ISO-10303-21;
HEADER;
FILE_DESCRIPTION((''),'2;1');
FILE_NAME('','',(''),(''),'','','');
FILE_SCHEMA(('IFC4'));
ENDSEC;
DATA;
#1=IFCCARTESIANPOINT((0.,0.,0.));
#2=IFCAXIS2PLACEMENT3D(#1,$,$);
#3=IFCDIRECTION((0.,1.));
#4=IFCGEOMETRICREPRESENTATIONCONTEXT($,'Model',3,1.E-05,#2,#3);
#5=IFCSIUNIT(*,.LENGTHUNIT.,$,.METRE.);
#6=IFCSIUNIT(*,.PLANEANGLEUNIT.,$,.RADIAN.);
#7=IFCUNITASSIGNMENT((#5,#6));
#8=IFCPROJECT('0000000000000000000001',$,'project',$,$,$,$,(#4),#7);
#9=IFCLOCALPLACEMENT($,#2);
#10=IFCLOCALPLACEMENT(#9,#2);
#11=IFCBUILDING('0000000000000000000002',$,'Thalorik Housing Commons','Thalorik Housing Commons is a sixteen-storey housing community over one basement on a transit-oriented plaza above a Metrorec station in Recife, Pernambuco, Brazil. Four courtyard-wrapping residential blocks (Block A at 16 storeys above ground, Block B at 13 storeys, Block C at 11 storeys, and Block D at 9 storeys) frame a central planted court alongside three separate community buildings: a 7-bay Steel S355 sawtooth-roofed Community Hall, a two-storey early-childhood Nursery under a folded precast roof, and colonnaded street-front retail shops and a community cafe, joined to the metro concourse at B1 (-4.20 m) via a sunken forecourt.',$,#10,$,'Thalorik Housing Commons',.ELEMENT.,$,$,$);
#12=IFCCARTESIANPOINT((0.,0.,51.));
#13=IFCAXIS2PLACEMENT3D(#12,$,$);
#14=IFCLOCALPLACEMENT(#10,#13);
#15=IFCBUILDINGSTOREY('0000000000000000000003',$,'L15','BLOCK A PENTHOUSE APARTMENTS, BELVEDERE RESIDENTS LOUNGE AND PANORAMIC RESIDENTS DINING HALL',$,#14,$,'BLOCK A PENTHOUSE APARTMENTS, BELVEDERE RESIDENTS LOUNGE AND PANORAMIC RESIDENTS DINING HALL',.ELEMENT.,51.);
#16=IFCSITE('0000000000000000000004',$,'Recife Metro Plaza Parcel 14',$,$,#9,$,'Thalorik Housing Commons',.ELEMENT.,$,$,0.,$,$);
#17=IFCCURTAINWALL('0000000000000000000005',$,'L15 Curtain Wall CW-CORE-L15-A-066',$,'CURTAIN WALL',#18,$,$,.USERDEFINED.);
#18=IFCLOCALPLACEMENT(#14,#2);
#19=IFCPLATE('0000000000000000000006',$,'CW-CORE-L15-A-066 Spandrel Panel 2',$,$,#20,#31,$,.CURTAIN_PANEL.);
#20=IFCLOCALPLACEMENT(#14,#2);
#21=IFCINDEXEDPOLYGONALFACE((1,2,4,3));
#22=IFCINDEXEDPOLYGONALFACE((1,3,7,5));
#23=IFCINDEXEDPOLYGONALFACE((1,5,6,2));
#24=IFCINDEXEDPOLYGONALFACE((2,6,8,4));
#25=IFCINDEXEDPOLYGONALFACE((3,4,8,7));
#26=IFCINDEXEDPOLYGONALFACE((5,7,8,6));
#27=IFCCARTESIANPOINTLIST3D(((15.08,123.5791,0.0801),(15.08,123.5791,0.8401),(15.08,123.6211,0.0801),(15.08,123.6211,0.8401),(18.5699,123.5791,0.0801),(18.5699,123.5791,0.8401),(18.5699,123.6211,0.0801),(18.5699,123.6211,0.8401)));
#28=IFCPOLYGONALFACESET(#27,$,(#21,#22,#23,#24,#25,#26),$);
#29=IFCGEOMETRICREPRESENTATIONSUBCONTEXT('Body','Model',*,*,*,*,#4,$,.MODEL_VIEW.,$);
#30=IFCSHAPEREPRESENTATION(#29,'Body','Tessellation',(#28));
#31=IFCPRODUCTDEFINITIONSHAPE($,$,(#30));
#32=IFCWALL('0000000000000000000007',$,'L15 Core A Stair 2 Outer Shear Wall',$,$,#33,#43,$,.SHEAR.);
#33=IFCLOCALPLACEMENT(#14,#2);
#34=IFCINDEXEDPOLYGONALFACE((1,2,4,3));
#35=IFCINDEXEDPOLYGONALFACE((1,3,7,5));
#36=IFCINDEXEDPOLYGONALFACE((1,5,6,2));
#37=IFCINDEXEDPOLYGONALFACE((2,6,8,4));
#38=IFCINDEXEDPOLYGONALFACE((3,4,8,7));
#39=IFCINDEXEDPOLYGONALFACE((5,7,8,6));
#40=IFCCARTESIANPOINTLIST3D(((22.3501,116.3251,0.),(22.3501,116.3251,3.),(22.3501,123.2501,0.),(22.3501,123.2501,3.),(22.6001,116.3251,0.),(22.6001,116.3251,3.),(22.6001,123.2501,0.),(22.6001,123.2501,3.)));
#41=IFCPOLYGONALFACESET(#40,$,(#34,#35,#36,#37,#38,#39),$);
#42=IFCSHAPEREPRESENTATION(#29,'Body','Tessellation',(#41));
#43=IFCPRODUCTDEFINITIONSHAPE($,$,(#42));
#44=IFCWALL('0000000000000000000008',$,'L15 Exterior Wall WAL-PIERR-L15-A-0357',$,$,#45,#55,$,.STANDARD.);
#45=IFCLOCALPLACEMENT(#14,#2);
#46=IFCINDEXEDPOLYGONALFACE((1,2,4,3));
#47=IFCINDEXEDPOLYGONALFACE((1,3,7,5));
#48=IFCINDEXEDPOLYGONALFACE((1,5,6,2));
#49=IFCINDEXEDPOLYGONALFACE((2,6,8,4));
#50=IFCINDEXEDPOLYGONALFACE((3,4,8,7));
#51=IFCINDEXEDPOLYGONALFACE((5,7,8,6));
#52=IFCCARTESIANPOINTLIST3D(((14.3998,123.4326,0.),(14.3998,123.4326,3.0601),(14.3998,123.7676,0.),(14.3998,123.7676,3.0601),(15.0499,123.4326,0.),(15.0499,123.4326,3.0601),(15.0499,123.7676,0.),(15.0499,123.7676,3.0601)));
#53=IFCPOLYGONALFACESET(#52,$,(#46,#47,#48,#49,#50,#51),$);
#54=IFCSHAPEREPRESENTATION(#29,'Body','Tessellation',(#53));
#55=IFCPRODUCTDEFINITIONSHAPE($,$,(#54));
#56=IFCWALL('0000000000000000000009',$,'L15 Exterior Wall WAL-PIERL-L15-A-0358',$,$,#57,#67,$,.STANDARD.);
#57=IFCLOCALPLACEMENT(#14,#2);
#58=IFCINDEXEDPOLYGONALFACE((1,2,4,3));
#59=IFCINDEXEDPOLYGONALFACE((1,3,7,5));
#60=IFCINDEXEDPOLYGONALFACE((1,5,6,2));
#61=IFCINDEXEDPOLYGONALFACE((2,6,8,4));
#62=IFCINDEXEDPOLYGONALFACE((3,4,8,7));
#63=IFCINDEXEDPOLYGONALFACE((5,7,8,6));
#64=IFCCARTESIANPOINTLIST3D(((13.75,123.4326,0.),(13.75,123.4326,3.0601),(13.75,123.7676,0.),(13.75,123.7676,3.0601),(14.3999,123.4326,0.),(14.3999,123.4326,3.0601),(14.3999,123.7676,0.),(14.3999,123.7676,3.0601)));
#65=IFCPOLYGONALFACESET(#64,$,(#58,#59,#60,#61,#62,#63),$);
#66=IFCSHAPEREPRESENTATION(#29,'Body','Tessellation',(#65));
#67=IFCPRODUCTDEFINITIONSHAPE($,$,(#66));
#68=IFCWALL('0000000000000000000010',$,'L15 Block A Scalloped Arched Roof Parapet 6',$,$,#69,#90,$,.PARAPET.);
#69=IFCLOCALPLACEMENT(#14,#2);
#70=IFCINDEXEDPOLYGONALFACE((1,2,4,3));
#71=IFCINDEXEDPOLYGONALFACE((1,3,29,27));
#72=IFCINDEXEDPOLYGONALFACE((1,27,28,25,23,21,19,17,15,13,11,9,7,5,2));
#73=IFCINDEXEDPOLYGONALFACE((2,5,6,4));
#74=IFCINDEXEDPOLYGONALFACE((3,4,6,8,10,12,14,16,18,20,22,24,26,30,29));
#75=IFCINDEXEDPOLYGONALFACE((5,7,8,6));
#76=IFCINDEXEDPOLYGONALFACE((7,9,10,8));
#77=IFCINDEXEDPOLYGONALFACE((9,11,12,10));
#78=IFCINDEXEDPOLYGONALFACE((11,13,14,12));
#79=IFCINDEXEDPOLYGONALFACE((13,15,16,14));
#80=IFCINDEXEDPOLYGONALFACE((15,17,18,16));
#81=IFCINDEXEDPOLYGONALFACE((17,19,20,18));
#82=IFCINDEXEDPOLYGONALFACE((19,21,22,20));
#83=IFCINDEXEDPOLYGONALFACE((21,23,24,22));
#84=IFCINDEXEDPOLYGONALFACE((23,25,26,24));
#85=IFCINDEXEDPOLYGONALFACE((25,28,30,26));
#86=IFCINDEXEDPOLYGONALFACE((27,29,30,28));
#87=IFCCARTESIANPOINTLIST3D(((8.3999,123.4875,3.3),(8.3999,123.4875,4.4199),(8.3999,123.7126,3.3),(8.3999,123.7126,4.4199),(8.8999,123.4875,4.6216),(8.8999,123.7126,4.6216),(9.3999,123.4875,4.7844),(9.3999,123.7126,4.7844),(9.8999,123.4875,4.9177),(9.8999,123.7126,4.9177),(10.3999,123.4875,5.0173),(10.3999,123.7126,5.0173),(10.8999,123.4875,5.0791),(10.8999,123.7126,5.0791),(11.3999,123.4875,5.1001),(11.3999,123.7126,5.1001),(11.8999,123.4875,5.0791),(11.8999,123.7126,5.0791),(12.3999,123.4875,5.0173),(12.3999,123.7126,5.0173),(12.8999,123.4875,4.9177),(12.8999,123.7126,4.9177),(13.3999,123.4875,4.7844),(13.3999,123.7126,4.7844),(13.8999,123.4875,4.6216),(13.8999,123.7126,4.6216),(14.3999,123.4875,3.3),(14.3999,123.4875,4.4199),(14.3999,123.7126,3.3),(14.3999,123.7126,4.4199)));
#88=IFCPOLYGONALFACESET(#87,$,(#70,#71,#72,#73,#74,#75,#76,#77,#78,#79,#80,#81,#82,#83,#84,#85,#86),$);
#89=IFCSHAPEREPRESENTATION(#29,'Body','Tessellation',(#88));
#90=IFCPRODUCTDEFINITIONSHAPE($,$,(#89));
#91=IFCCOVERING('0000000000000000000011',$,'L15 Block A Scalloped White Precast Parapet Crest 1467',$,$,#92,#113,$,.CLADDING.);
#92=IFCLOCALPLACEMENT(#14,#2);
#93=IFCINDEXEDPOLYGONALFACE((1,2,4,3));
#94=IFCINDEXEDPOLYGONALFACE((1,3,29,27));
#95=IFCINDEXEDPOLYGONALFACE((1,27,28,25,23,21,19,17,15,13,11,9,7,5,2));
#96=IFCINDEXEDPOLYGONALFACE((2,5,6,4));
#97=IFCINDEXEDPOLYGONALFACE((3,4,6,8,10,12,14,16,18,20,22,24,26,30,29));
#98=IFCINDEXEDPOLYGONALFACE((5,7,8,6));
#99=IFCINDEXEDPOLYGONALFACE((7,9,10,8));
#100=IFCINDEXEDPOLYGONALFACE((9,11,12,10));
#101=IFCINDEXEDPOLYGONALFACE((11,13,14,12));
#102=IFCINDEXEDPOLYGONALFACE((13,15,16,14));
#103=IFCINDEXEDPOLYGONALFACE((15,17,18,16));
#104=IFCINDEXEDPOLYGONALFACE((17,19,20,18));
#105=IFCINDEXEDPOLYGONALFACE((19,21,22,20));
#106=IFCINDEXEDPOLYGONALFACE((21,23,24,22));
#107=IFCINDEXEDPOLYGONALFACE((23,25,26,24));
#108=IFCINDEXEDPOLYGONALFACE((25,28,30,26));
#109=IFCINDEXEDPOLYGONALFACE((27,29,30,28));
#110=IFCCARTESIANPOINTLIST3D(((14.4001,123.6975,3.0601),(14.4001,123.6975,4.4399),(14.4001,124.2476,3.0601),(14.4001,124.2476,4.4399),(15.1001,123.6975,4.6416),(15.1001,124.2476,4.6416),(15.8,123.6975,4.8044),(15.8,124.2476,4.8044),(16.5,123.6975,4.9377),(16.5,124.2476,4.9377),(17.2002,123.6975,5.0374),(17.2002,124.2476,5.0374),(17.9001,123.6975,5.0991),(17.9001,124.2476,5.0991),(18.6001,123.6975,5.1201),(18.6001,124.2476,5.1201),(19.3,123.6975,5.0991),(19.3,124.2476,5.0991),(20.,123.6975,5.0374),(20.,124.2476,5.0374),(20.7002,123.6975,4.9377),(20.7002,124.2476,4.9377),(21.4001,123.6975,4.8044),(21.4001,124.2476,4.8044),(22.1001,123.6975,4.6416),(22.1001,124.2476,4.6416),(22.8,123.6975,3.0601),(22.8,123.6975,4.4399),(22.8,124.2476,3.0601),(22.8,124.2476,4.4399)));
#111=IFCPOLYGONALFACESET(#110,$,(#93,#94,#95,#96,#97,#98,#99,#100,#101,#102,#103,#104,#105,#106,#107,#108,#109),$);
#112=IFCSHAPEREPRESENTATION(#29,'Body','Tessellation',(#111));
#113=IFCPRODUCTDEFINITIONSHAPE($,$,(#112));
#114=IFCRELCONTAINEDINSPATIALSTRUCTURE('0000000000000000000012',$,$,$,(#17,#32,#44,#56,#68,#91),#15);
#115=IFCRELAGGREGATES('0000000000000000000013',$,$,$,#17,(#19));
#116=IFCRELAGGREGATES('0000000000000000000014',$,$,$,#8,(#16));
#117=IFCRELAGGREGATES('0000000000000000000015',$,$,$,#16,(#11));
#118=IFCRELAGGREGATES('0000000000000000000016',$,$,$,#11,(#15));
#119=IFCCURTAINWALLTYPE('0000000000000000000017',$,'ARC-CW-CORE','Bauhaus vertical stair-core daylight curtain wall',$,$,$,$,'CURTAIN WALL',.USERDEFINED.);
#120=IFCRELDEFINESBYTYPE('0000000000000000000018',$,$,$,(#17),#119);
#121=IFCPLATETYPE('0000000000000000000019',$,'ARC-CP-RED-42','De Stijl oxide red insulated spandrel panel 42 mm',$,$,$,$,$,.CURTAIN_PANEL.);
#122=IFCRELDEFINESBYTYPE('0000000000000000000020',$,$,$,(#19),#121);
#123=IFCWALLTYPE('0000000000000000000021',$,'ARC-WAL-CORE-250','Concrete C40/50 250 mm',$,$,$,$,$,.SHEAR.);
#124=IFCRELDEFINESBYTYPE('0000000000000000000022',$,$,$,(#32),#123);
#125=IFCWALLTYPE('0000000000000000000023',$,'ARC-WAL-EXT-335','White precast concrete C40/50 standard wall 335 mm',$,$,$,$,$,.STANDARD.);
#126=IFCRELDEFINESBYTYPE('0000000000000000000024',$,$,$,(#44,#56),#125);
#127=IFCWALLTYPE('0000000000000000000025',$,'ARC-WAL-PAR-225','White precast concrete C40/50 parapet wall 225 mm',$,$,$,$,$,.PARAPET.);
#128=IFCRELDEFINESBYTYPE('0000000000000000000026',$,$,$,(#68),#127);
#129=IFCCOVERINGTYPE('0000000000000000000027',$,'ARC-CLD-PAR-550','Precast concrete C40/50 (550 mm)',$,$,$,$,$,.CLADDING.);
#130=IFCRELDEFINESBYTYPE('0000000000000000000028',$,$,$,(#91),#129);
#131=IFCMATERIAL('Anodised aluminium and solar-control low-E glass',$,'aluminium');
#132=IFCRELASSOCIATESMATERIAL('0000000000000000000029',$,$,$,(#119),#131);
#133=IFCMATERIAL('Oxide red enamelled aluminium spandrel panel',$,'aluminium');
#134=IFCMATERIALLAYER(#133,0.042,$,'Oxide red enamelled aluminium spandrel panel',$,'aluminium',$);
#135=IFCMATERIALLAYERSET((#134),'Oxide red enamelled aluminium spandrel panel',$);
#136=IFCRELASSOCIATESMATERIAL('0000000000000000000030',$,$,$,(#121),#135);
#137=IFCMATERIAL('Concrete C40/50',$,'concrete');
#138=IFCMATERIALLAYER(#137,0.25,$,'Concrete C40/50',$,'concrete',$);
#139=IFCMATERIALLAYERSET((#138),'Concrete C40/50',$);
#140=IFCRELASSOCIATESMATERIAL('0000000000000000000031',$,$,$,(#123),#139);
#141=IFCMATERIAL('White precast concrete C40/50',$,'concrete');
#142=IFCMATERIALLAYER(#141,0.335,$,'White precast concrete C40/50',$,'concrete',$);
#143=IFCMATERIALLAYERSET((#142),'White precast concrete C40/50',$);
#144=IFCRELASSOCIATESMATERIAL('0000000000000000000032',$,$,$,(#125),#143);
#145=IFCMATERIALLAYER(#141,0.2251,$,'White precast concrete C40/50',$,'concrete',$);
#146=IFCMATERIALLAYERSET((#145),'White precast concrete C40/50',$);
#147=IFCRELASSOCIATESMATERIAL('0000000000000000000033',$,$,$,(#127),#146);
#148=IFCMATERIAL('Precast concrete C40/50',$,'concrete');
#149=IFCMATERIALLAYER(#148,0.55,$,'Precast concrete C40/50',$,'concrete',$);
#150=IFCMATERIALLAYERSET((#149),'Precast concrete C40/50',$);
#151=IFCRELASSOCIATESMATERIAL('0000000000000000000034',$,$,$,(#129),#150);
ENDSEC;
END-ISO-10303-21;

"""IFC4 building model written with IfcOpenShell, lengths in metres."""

from ifc_helpers import new_model, si_unit, direction, frame, frame_2d, origin, origin_2d, place, context, subcontext, project, spatial, polyline, rectangle, outline, extrude, material, layer, layer_set, type_object, element, aggregate, save


model = new_model("IFC4")

# Units and contexts
model_context = context("Model", 3, precision=1e-05, world=origin(), true_north=direction((0.0, 1.0)))
body_context = subcontext(model_context, "Body", "Model", "MODEL_VIEW")
ifc_project = project(units=[si_unit("LENGTHUNIT", "METRE"), si_unit("PLANEANGLEUNIT", "RADIAN")], contexts=[model_context])

# Site, building, storey
site_placement = place(None, origin())
site = spatial("IfcSite", under=ifc_project, at=site_placement, Name="Recife Metro Plaza Parcel 14", LongName="Thalorik Housing Commons", CompositionType="ELEMENT", RefElevation=0.0)
building_placement = place(site_placement, origin())
building = spatial("IfcBuilding", under=site, at=building_placement, Name="Thalorik Housing Commons", Description="Thalorik Housing Commons is a sixteen-storey housing community over one basement on a transit-oriented plaza above a Metrorec station in Recife, Pernambuco, Brazil. Four courtyard-wrapping residential blocks (Block A at 16 storeys above ground, Block B at 13 storeys, Block C at 11 storeys, and Block D at 9 storeys) frame a central planted court alongside three separate community buildings: a 7-bay Steel S355 sawtooth-roofed Community Hall, a two-storey early-childhood Nursery under a folded precast roof, and colonnaded street-front retail shops and a community cafe, joined to the metro concourse at B1 (-4.20 m) via a sunken forecourt.", LongName="Thalorik Housing Commons", CompositionType="ELEMENT")
storey_placement = place(building_placement, frame((0.0, 0.0, 51.0)))
storey = spatial("IfcBuildingStorey", under=building, at=storey_placement, Name="L15", Description="BLOCK A PENTHOUSE APARTMENTS, BELVEDERE RESIDENTS LOUNGE AND PANORAMIC RESIDENTS DINING HALL", LongName="BLOCK A PENTHOUSE APARTMENTS, BELVEDERE RESIDENTS LOUNGE AND PANORAMIC RESIDENTS DINING HALL", CompositionType="ELEMENT", Elevation=51.0)

# Shared definitions
ifc_material_1 = material(Name="Precast concrete C40/50", Category="concrete")

# Curtain wall
ifc_material_2 = material(Name="Anodised aluminium and solar-control low-E glass", Category="aluminium")
curtain_wall_type = type_object("IfcCurtainWallType", Name="ARC-CW-CORE", Description="Bauhaus vertical stair-core daylight curtain wall", ElementType="CURTAIN WALL", PredefinedType="USERDEFINED", material=ifc_material_2)
curtain_wall_1_placement = place(storey_placement, origin())
curtain_wall_1 = element("IfcCurtainWall", 1, at=curtain_wall_1_placement, inside=storey, type_object=curtain_wall_type, Name="L15 Curtain Wall CW-CORE-L15-A-066", ObjectType="CURTAIN WALL", PredefinedType="USERDEFINED")

# Plate
ifc_material_3 = material(Name="Oxide red enamelled aluminium spandrel panel", Category="aluminium")
ifc_layer_1 = layer(ifc_material_3, 0.042, Name="Oxide red enamelled aluminium spandrel panel", Category="aluminium")
ifc_layer_set_1 = layer_set([ifc_layer_1], Name="Oxide red enamelled aluminium spandrel panel")
plate_type_1 = type_object("IfcPlateType", Name="ARC-CP-RED-42", Description="De Stijl oxide red insulated spandrel panel 42 mm", PredefinedType="CURTAIN_PANEL", material=ifc_layer_set_1)
plate_1_placement = place(storey_placement, frame((16.825, 123.6001, 0.0801), z_axis=(0.0, 0.0, 1.0), x_axis=(-1.0, 0.0, 0.0)))
plate_1 = element("IfcPlate", 2, at=plate_1_placement, type_object=plate_type_1, Name="CW-CORE-L15-A-066 Spandrel Panel 2", PredefinedType="CURTAIN_PANEL", context=body_context, shape_type="SweptSolid", body=[
    extrude(rectangle(XDim=3.49, YDim=0.042, at=origin_2d()), origin(), (0.0, 0.0, 1.0), 0.76),
])
aggregate(curtain_wall_1, [plate_1])

# Walls
ifc_material_4 = material(Name="Concrete C40/50", Category="concrete")
ifc_layer_2 = layer(ifc_material_4, 0.25, Name="Concrete C40/50", Category="concrete")
ifc_layer_set_2 = layer_set([ifc_layer_2], Name="Concrete C40/50")
wall_type_1 = type_object("IfcWallType", Name="ARC-WAL-CORE-250", Description="Concrete C40/50 250 mm", PredefinedType="SHEAR", material=ifc_layer_set_2)
wall_1_placement = place(storey_placement, frame((22.4751, 123.25, 0.0), z_axis=(0.0, 0.0, 1.0), x_axis=(0.0, -1.0, 0.0)))
element("IfcWall", 3, at=wall_1_placement, inside=storey, type_object=wall_type_1, Name="L15 Core A Stair 2 Outer Shear Wall", PredefinedType="SHEAR", context=body_context, shape_type="SweptSolid", body=[
    extrude(rectangle(XDim=6.925, YDim=0.25, at=frame_2d((3.4624, 0.0))), origin(), (0.0, 0.0, 1.0), 3.0),
])
ifc_material_5 = material(Name="White precast concrete C40/50", Category="concrete")
ifc_layer_3 = layer(ifc_material_5, 0.335, Name="White precast concrete C40/50", Category="concrete")
ifc_layer_set_3 = layer_set([ifc_layer_3], Name="White precast concrete C40/50")
wall_type_2 = type_object("IfcWallType", Name="ARC-WAL-EXT-335", Description="White precast concrete C40/50 standard wall 335 mm", PredefinedType="STANDARD", material=ifc_layer_set_3)
wall_2_placement = place(storey_placement, frame((15.05, 123.6001, 0.0), z_axis=(0.0, 0.0, 1.0), x_axis=(-1.0, 0.0, 0.0)))
element("IfcWall", 4, at=wall_2_placement, inside=storey, type_object=wall_type_2, Name="L15 Exterior Wall WAL-PIERR-L15-A-0357", PredefinedType="STANDARD", context=body_context, shape_type="SweptSolid", body=[
    extrude(rectangle(XDim=0.6501, YDim=0.335, at=frame_2d((0.3252, 0.0))), origin(), (0.0, 0.0, 1.0), 3.0601),
])
wall_3_placement = place(storey_placement, frame((14.3999, 123.6001, 0.0), z_axis=(0.0, 0.0, 1.0), x_axis=(-1.0, 0.0, 0.0)))
element("IfcWall", 5, at=wall_3_placement, inside=storey, type_object=wall_type_2, Name="L15 Exterior Wall WAL-PIERL-L15-A-0358", PredefinedType="STANDARD", context=body_context, shape_type="SweptSolid", body=[
    extrude(rectangle(XDim=0.6499, YDim=0.335, at=frame_2d((0.325, 0.0))), origin(), (0.0, 0.0, 1.0), 3.0601),
])
ifc_layer_4 = layer(ifc_material_5, 0.2251, Name="White precast concrete C40/50", Category="concrete")
ifc_layer_set_4 = layer_set([ifc_layer_4], Name="White precast concrete C40/50")
wall_type_3 = type_object("IfcWallType", Name="ARC-WAL-PAR-225", Description="White precast concrete C40/50 parapet wall 225 mm", PredefinedType="PARAPET", material=ifc_layer_set_4)
wall_4_placement = place(storey_placement, frame((14.3999, 123.6001, 3.3), z_axis=(0.0, 0.0, 1.0), x_axis=(-1.0, 0.0, 0.0)))
element("IfcWall", 6, at=wall_4_placement, inside=storey, type_object=wall_type_3, Name="L15 Block A Scalloped Arched Roof Parapet 6", PredefinedType="PARAPET", context=body_context, shape_type="SweptSolid", body=[
    extrude(outline(polyline([(0.0, 0.0), (6.0, 0.0), (6.0, 1.1199), (5.5, 1.3215), (5.0, 1.4844), (4.5, 1.6177), (4.0, 1.7173), (3.5, 1.7791), (3.0, 1.8), (2.5, 1.7791), (2.0, 1.7173), (1.5, 1.6177), (1.0, 1.4844), (0.5, 1.3215), (0.0, 1.1199), (0.0, 0.0)])), frame((0.0, 0.1125, 0.0), z_axis=(0.0, -1.0, 0.0), x_axis=(1.0, 0.0, 0.0)), (0.0, 0.0, 1.0), 0.2251),
])

# Covering
ifc_layer_5 = layer(ifc_material_1, 0.55, Name="Precast concrete C40/50", Category="concrete")
ifc_layer_set_5 = layer_set([ifc_layer_5], Name="Precast concrete C40/50")
covering_type = type_object("IfcCoveringType", Name="ARC-CLD-PAR-550", Description="Precast concrete C40/50 (550 mm)", PredefinedType="CLADDING", material=ifc_layer_set_5)
covering_placement = place(storey_placement, frame((18.6001, 123.9724, 3.0601), z_axis=(0.0, 0.0, 1.0), x_axis=(-1.0, 0.0, 0.0)))
element("IfcCovering", 7, at=covering_placement, inside=storey, type_object=covering_type, Name="L15 Block A Scalloped White Precast Parapet Crest 1467", PredefinedType="CLADDING", context=body_context, shape_type="SweptSolid", body=[
    extrude(outline(polyline([(-4.2, 0.0), (4.2, 0.0), (4.2, 1.3799), (3.5, 1.5815), (2.8, 1.7444), (2.1001, 1.8777), (1.3999, 1.9773), (0.7, 2.0391), (0.0, 2.0601), (-0.7, 2.0391), (-1.3999, 1.9773), (-2.1001, 1.8777), (-2.8, 1.7444), (-3.5, 1.5815), (-4.2, 1.3799), (-4.2, 0.0)])), frame((0.0, 0.2749, 0.0), z_axis=(0.0, -1.0, 0.0), x_axis=(1.0, 0.0, 0.0)), (0.0, 0.0, 1.0), 0.55),
])

save(model, "model.ifc")
